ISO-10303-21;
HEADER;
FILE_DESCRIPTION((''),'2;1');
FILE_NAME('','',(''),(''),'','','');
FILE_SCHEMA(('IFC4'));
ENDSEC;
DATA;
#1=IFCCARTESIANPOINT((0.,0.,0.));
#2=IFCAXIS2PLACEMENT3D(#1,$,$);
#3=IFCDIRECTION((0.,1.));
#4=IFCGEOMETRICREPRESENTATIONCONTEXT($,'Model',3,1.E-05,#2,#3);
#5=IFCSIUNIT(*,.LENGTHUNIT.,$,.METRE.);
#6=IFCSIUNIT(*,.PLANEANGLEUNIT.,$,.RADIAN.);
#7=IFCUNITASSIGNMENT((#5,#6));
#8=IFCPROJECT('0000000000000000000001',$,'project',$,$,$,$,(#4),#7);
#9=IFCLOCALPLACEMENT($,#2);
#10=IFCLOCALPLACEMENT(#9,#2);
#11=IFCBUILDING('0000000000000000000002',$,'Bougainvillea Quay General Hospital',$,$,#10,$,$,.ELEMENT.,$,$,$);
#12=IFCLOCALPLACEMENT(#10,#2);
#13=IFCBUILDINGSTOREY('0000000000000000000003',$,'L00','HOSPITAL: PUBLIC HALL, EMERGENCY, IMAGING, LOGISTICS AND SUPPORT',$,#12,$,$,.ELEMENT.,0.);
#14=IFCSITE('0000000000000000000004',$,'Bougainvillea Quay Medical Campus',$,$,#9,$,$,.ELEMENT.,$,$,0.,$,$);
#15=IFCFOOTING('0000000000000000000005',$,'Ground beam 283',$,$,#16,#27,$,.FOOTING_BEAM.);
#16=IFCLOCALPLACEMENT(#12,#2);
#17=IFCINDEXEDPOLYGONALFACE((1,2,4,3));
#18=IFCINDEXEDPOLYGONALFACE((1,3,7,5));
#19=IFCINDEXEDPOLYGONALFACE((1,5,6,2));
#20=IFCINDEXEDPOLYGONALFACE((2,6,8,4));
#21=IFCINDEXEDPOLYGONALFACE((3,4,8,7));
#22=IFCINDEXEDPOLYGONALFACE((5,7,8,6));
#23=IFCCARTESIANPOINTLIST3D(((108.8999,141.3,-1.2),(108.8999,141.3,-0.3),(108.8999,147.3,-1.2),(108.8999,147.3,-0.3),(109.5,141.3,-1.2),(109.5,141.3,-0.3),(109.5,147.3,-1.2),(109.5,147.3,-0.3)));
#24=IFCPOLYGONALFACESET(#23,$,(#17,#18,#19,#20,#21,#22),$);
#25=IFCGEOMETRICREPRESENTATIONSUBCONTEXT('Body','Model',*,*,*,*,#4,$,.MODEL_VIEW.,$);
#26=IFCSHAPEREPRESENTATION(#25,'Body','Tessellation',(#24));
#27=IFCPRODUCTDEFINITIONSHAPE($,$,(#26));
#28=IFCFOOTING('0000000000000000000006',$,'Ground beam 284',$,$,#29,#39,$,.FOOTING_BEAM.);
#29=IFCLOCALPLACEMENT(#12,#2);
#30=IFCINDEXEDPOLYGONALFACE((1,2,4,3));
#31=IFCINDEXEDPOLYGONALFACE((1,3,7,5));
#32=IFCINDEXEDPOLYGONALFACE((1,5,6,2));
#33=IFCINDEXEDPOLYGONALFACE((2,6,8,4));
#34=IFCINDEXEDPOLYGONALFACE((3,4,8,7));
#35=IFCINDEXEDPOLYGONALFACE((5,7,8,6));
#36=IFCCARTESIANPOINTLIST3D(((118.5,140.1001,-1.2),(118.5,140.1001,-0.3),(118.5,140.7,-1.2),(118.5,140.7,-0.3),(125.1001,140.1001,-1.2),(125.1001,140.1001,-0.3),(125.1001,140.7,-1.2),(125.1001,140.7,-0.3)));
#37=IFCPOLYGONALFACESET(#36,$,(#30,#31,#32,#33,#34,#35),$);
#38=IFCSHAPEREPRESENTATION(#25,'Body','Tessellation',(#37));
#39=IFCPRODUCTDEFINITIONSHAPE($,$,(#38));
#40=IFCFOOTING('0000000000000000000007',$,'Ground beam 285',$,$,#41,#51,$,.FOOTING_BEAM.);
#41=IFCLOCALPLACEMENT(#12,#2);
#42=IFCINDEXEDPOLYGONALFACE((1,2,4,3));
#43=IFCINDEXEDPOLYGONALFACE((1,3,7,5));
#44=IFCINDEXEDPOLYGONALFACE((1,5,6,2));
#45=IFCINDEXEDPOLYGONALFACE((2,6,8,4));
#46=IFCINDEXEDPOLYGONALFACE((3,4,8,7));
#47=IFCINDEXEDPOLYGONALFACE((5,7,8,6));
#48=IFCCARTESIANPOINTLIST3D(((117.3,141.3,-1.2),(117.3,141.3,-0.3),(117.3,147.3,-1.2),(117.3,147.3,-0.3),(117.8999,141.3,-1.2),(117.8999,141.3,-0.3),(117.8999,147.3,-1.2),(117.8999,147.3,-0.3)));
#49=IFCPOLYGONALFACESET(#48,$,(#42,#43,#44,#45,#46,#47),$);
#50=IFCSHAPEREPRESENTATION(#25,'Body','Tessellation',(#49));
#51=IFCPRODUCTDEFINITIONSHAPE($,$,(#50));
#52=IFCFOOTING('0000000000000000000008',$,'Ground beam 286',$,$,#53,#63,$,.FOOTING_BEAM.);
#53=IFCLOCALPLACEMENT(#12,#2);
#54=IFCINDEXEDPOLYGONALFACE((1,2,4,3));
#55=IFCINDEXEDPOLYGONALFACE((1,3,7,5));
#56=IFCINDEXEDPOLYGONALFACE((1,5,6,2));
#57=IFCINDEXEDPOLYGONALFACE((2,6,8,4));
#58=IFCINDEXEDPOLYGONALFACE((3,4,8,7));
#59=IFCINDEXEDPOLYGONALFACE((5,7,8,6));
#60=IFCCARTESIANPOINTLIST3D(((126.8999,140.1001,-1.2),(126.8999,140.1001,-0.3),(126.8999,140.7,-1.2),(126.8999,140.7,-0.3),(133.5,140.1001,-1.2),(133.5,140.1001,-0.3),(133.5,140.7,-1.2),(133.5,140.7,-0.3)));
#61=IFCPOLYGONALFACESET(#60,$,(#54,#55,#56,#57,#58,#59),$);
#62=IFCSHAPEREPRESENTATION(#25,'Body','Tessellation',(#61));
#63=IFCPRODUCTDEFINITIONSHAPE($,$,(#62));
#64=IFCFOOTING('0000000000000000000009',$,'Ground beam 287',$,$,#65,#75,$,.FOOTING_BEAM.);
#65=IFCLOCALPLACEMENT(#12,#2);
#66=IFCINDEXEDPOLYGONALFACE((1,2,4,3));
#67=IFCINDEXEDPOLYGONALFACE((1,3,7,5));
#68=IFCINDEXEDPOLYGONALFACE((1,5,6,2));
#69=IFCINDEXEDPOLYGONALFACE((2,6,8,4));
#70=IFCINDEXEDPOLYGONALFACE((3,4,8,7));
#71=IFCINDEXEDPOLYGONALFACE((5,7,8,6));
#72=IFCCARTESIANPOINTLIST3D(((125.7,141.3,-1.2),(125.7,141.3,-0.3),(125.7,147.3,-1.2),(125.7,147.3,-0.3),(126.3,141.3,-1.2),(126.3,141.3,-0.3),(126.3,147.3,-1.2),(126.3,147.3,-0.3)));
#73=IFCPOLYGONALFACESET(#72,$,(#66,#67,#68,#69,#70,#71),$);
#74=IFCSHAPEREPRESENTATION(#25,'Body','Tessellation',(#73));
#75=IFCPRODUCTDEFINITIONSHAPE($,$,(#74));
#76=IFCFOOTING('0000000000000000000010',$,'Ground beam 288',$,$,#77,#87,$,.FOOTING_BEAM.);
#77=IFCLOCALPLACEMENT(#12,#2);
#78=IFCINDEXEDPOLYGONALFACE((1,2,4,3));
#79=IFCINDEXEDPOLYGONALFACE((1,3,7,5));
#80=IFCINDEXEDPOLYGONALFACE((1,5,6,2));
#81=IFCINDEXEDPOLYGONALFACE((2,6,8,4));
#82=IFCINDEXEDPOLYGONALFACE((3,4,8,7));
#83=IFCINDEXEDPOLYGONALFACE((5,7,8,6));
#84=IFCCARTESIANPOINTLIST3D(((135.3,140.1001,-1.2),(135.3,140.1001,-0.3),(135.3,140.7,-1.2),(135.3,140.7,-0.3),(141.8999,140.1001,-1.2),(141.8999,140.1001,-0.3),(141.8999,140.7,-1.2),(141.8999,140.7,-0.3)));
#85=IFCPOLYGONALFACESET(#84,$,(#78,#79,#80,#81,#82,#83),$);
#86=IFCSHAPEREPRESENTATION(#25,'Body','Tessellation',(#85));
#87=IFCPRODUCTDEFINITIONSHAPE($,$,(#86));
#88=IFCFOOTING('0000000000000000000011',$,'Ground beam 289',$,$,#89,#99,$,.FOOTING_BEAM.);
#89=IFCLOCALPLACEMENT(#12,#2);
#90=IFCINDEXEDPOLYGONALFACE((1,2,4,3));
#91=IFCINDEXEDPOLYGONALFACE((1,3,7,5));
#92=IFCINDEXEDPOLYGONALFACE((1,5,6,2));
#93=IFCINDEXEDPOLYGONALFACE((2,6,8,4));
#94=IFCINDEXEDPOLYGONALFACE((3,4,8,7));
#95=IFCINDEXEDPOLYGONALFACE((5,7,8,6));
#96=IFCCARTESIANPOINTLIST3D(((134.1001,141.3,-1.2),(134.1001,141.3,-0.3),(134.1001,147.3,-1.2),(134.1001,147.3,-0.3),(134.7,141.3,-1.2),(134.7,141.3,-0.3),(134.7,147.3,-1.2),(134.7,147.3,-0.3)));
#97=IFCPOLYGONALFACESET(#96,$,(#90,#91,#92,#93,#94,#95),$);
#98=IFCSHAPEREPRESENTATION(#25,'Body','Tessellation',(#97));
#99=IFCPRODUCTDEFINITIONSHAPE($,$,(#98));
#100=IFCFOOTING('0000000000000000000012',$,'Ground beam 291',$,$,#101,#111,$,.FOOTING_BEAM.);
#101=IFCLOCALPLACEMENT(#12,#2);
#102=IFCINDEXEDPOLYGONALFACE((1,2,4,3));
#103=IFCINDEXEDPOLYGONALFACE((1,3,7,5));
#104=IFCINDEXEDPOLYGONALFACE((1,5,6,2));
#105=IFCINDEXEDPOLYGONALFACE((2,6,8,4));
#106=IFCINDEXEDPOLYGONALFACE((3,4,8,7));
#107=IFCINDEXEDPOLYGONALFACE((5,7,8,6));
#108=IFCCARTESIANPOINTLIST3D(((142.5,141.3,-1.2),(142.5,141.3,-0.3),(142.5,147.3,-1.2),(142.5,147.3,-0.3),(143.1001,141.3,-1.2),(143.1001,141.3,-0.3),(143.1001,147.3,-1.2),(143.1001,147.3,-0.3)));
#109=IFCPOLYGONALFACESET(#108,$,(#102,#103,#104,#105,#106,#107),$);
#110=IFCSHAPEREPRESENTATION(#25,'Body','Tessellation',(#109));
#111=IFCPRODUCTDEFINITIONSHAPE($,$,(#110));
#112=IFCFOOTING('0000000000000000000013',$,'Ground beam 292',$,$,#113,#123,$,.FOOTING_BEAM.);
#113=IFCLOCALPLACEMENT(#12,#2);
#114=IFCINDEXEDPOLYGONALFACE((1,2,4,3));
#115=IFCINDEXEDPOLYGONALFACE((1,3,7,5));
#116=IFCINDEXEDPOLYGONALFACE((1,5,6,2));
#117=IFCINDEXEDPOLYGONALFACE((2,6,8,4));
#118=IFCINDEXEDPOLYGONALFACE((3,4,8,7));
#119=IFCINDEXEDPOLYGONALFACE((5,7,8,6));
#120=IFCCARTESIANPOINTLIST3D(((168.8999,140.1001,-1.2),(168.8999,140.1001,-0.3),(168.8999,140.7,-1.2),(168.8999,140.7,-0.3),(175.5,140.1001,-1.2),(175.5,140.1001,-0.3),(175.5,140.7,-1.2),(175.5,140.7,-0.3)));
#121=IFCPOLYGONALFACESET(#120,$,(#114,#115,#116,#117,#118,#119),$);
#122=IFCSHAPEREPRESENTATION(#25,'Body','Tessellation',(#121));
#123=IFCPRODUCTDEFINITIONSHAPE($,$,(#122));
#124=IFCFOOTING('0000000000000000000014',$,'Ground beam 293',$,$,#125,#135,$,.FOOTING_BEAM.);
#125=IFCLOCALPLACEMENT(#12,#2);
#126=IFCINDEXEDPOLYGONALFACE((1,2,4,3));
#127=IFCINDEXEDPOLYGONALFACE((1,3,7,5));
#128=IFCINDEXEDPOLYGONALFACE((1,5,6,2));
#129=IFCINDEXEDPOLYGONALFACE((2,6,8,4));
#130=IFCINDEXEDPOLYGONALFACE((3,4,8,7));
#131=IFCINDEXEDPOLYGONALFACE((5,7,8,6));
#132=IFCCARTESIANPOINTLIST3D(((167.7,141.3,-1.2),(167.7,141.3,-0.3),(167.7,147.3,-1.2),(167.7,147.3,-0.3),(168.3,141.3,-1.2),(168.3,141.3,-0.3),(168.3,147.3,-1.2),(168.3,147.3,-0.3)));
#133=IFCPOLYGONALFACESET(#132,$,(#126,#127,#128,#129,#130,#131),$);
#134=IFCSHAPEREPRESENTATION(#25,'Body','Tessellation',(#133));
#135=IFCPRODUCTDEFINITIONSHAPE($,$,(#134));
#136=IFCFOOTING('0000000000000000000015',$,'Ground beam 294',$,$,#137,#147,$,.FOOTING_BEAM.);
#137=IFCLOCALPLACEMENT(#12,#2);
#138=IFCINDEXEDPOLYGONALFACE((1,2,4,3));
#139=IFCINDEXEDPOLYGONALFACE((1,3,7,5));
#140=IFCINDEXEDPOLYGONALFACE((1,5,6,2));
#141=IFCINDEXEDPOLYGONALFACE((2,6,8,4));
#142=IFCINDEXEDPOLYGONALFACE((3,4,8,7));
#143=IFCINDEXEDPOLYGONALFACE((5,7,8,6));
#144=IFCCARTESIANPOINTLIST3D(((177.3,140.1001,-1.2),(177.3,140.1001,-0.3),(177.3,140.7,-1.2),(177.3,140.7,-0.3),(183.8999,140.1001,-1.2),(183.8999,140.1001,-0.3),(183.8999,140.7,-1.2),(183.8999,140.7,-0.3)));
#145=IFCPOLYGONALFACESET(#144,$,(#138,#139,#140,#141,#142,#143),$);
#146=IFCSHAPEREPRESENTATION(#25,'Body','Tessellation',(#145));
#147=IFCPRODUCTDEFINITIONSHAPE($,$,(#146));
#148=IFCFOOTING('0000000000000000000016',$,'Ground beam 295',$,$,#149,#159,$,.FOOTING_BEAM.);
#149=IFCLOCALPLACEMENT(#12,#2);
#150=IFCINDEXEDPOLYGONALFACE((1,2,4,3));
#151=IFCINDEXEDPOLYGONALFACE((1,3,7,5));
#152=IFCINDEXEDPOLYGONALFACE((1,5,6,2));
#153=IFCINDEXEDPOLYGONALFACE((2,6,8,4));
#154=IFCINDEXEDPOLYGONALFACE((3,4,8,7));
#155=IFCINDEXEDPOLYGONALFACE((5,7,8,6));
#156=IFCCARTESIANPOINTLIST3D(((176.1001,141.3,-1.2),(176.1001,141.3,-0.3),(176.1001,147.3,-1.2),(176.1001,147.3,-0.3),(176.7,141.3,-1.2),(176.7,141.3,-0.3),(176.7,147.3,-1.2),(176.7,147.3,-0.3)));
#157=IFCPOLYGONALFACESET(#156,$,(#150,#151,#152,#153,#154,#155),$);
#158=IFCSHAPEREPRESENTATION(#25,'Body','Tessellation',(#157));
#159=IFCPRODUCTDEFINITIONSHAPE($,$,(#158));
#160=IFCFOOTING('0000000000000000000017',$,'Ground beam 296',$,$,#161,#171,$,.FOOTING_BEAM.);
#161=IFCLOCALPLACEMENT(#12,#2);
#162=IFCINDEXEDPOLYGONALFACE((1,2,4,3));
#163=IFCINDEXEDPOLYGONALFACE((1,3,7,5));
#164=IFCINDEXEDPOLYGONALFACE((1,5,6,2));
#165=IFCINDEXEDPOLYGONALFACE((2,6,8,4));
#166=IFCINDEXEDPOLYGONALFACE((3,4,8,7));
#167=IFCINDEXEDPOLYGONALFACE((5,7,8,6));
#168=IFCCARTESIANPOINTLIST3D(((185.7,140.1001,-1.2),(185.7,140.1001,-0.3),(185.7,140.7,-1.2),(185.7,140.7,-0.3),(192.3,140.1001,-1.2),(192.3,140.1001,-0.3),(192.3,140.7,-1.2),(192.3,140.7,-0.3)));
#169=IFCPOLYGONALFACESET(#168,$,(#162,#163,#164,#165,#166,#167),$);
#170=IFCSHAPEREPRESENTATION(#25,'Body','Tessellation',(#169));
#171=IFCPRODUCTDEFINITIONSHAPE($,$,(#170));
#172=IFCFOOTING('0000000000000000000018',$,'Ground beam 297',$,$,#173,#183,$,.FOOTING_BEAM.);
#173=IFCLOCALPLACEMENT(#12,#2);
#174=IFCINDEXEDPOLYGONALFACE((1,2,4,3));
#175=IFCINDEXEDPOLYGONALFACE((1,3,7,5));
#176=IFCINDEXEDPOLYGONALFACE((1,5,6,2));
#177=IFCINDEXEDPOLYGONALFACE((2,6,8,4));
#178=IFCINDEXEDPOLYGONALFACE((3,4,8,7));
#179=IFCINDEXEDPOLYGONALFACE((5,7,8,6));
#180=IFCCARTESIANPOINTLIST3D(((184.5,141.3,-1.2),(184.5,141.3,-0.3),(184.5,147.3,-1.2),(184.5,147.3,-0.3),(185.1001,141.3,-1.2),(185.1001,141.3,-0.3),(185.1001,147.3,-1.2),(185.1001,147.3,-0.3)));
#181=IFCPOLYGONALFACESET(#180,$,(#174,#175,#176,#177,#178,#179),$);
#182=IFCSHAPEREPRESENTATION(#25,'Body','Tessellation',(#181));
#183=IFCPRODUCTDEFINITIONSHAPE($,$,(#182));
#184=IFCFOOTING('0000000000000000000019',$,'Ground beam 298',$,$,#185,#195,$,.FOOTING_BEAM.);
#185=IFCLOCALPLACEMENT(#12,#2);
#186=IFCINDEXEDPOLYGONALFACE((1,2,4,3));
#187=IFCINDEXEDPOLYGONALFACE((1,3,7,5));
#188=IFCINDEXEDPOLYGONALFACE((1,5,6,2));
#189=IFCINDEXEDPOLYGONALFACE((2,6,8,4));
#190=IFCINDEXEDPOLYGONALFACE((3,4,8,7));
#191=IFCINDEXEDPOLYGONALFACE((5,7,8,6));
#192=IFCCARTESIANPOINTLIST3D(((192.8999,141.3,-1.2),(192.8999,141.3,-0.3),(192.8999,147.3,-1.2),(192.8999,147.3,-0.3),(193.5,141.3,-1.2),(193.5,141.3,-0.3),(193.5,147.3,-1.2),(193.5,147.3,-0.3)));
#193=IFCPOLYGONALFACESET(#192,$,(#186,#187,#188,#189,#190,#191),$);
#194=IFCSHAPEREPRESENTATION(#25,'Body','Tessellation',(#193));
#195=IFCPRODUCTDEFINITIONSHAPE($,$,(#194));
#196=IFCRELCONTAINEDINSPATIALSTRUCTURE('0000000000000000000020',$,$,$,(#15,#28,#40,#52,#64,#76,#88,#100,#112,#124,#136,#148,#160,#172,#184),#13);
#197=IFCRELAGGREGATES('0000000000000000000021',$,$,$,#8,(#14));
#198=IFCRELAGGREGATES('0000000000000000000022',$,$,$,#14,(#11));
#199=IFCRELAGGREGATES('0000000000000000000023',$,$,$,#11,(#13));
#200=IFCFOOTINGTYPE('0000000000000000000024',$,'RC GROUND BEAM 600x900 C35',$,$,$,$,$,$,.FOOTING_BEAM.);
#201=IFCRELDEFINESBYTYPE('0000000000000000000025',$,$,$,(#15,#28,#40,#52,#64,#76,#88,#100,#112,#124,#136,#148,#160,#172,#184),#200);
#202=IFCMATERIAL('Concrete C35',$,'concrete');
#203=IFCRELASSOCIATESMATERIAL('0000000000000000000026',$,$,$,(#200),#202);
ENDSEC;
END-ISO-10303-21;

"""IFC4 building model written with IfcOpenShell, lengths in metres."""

from ifc_helpers import new_model, si_unit, direction, frame, origin, origin_2d, place, context, subcontext, project, spatial, polyline, rectangle, outline, extrude, material, material_profile, profile_set, type_object, element, save


model = new_model("IFC4")

# Units and contexts
model_context = context("Model", 3, precision=1e-05, world=origin(), true_north=direction((0.0, 1.0)))
body_context = subcontext(model_context, "Body", "Model", "MODEL_VIEW")
ifc_project = project(units=[si_unit("LENGTHUNIT", "METRE"), si_unit("PLANEANGLEUNIT", "RADIAN")], contexts=[model_context])

# Site, building, storey
site_placement = place(None, origin())
site = spatial("IfcSite", under=ifc_project, at=site_placement, Name="Bougainvillea Quay Medical Campus", CompositionType="ELEMENT", RefElevation=0.0)
building_placement = place(site_placement, origin())
building = spatial("IfcBuilding", under=site, at=building_placement, Name="Bougainvillea Quay General Hospital", CompositionType="ELEMENT")
storey_placement = place(building_placement, origin())
storey = spatial("IfcBuildingStorey", under=building, at=storey_placement, Name="L00", Description="HOSPITAL: PUBLIC HALL, EMERGENCY, IMAGING, LOGISTICS AND SUPPORT", CompositionType="ELEMENT", Elevation=0.0)

# Footings
ifc_material = material(Name="Concrete C35", Category="concrete")
ifc_material_profile = material_profile(ifc_material, rectangle(XDim=0.6001, YDim=0.8999, at=origin_2d()))
ifc_profile_set = profile_set([ifc_material_profile], Name="Concrete C35")
footing_type = type_object("IfcFootingType", Name="RC GROUND BEAM 600x900 C35", PredefinedType="FOOTING_BEAM", material=ifc_profile_set)
footing_1_placement = place(storey_placement, frame((0.0, 0.0, -1.2)))
element("IfcFooting", 1, at=footing_1_placement, inside=storey, type_object=footing_type, Name="Ground beam 283", PredefinedType="FOOTING_BEAM", context=body_context, shape_type="SweptSolid", body=[
    extrude(outline(polyline([(108.8999, 141.3), (108.8999, 147.3), (109.5, 147.3), (109.5, 141.3), (108.8999, 141.3)])), origin(), (0.0, 0.0, 1.0), 0.8999),
])
footing_2_placement = place(storey_placement, frame((0.0, 0.0, -1.2)))
element("IfcFooting", 2, at=footing_2_placement, inside=storey, type_object=footing_type, Name="Ground beam 284", PredefinedType="FOOTING_BEAM", context=body_context, shape_type="SweptSolid", body=[
    extrude(outline(polyline([(118.5, 140.7), (125.1001, 140.7), (125.1001, 140.1001), (118.5, 140.1001), (118.5, 140.7)])), origin(), (0.0, 0.0, 1.0), 0.8999),
])
footing_3_placement = place(storey_placement, frame((0.0, 0.0, -1.2)))
element("IfcFooting", 3, at=footing_3_placement, inside=storey, type_object=footing_type, Name="Ground beam 285", PredefinedType="FOOTING_BEAM", context=body_context, shape_type="SweptSolid", body=[
    extrude(outline(polyline([(117.3, 141.3), (117.3, 147.3), (117.8999, 147.3), (117.8999, 141.3), (117.3, 141.3)])), origin(), (0.0, 0.0, 1.0), 0.8999),
])
footing_4_placement = place(storey_placement, frame((0.0, 0.0, -1.2)))
element("IfcFooting", 4, at=footing_4_placement, inside=storey, type_object=footing_type, Name="Ground beam 286", PredefinedType="FOOTING_BEAM", context=body_context, shape_type="SweptSolid", body=[
    extrude(outline(polyline([(126.8999, 140.7), (133.5, 140.7), (133.5, 140.1001), (126.8999, 140.1001), (126.8999, 140.7)])), origin(), (0.0, 0.0, 1.0), 0.8999),
])
footing_5_placement = place(storey_placement, frame((0.0, 0.0, -1.2)))
element("IfcFooting", 5, at=footing_5_placement, inside=storey, type_object=footing_type, Name="Ground beam 287", PredefinedType="FOOTING_BEAM", context=body_context, shape_type="SweptSolid", body=[
    extrude(outline(polyline([(125.7, 141.3), (125.7, 147.3), (126.3, 147.3), (126.3, 141.3), (125.7, 141.3)])), origin(), (0.0, 0.0, 1.0), 0.8999),
])
footing_6_placement = place(storey_placement, frame((0.0, 0.0, -1.2)))
element("IfcFooting", 6, at=footing_6_placement, inside=storey, type_object=footing_type, Name="Ground beam 288", PredefinedType="FOOTING_BEAM", context=body_context, shape_type="SweptSolid", body=[
    extrude(outline(polyline([(135.3, 140.7), (141.8999, 140.7), (141.8999, 140.1001), (135.3, 140.1001), (135.3, 140.7)])), origin(), (0.0, 0.0, 1.0), 0.8999),
])
footing_7_placement = place(storey_placement, frame((0.0, 0.0, -1.2)))
element("IfcFooting", 7, at=footing_7_placement, inside=storey, type_object=footing_type, Name="Ground beam 289", PredefinedType="FOOTING_BEAM", context=body_context, shape_type="SweptSolid", body=[
    extrude(outline(polyline([(134.1001, 141.3), (134.1001, 147.3), (134.7, 147.3), (134.7, 141.3), (134.1001, 141.3)])), origin(), (0.0, 0.0, 1.0), 0.8999),
])
footing_8_placement = place(storey_placement, frame((0.0, 0.0, -1.2)))
element("IfcFooting", 8, at=footing_8_placement, inside=storey, type_object=footing_type, Name="Ground beam 291", PredefinedType="FOOTING_BEAM", context=body_context, shape_type="SweptSolid", body=[
    extrude(outline(polyline([(142.5, 141.3), (142.5, 147.3), (143.1001, 147.3), (143.1001, 141.3), (142.5, 141.3)])), origin(), (0.0, 0.0, 1.0), 0.8999),
])
footing_9_placement = place(storey_placement, frame((0.0, 0.0, -1.2)))
element("IfcFooting", 9, at=footing_9_placement, inside=storey, type_object=footing_type, Name="Ground beam 292", PredefinedType="FOOTING_BEAM", context=body_context, shape_type="SweptSolid", body=[
    extrude(outline(polyline([(168.8999, 140.7), (175.5, 140.7), (175.5, 140.1001), (168.8999, 140.1001), (168.8999, 140.7)])), origin(), (0.0, 0.0, 1.0), 0.8999),
])
footing_10_placement = place(storey_placement, frame((0.0, 0.0, -1.2)))
element("IfcFooting", 10, at=footing_10_placement, inside=storey, type_object=footing_type, Name="Ground beam 293", PredefinedType="FOOTING_BEAM", context=body_context, shape_type="SweptSolid", body=[
    extrude(outline(polyline([(167.7, 141.3), (167.7, 147.3), (168.3, 147.3), (168.3, 141.3), (167.7, 141.3)])), origin(), (0.0, 0.0, 1.0), 0.8999),
])
footing_11_placement = place(storey_placement, frame((0.0, 0.0, -1.2)))
element("IfcFooting", 11, at=footing_11_placement, inside=storey, type_object=footing_type, Name="Ground beam 294", PredefinedType="FOOTING_BEAM", context=body_context, shape_type="SweptSolid", body=[
    extrude(outline(polyline([(177.3, 140.7), (183.8999, 140.7), (183.8999, 140.1001), (177.3, 140.1001), (177.3, 140.7)])), origin(), (0.0, 0.0, 1.0), 0.8999),
])
footing_12_placement = place(storey_placement, frame((0.0, 0.0, -1.2)))
element("IfcFooting", 12, at=footing_12_placement, inside=storey, type_object=footing_type, Name="Ground beam 295", PredefinedType="FOOTING_BEAM", context=body_context, shape_type="SweptSolid", body=[
    extrude(outline(polyline([(176.1001, 141.3), (176.1001, 147.3), (176.7, 147.3), (176.7, 141.3), (176.1001, 141.3)])), origin(), (0.0, 0.0, 1.0), 0.8999),
])
footing_13_placement = place(storey_placement, frame((0.0, 0.0, -1.2)))
element("IfcFooting", 13, at=footing_13_placement, inside=storey, type_object=footing_type, Name="Ground beam 296", PredefinedType="FOOTING_BEAM", context=body_context, shape_type="SweptSolid", body=[
    extrude(outline(polyline([(185.7, 140.7), (192.3, 140.7), (192.3, 140.1001), (185.7, 140.1001), (185.7, 140.7)])), origin(), (0.0, 0.0, 1.0), 0.8999),
])
footing_14_placement = place(storey_placement, frame((0.0, 0.0, -1.2)))
element("IfcFooting", 14, at=footing_14_placement, inside=storey, type_object=footing_type, Name="Ground beam 297", PredefinedType="FOOTING_BEAM", context=body_context, shape_type="SweptSolid", body=[
    extrude(outline(polyline([(184.5, 141.3), (184.5, 147.3), (185.1001, 147.3), (185.1001, 141.3), (184.5, 141.3)])), origin(), (0.0, 0.0, 1.0), 0.8999),
])
footing_15_placement = place(storey_placement, frame((0.0, 0.0, -1.2)))
element("IfcFooting", 15, at=footing_15_placement, inside=storey, type_object=footing_type, Name="Ground beam 298", PredefinedType="FOOTING_BEAM", context=body_context, shape_type="SweptSolid", body=[
    extrude(outline(polyline([(192.8999, 141.3), (192.8999, 147.3), (193.5, 147.3), (193.5, 141.3), (192.8999, 141.3)])), origin(), (0.0, 0.0, 1.0), 0.8999),
])

save(model, "model.ifc")
